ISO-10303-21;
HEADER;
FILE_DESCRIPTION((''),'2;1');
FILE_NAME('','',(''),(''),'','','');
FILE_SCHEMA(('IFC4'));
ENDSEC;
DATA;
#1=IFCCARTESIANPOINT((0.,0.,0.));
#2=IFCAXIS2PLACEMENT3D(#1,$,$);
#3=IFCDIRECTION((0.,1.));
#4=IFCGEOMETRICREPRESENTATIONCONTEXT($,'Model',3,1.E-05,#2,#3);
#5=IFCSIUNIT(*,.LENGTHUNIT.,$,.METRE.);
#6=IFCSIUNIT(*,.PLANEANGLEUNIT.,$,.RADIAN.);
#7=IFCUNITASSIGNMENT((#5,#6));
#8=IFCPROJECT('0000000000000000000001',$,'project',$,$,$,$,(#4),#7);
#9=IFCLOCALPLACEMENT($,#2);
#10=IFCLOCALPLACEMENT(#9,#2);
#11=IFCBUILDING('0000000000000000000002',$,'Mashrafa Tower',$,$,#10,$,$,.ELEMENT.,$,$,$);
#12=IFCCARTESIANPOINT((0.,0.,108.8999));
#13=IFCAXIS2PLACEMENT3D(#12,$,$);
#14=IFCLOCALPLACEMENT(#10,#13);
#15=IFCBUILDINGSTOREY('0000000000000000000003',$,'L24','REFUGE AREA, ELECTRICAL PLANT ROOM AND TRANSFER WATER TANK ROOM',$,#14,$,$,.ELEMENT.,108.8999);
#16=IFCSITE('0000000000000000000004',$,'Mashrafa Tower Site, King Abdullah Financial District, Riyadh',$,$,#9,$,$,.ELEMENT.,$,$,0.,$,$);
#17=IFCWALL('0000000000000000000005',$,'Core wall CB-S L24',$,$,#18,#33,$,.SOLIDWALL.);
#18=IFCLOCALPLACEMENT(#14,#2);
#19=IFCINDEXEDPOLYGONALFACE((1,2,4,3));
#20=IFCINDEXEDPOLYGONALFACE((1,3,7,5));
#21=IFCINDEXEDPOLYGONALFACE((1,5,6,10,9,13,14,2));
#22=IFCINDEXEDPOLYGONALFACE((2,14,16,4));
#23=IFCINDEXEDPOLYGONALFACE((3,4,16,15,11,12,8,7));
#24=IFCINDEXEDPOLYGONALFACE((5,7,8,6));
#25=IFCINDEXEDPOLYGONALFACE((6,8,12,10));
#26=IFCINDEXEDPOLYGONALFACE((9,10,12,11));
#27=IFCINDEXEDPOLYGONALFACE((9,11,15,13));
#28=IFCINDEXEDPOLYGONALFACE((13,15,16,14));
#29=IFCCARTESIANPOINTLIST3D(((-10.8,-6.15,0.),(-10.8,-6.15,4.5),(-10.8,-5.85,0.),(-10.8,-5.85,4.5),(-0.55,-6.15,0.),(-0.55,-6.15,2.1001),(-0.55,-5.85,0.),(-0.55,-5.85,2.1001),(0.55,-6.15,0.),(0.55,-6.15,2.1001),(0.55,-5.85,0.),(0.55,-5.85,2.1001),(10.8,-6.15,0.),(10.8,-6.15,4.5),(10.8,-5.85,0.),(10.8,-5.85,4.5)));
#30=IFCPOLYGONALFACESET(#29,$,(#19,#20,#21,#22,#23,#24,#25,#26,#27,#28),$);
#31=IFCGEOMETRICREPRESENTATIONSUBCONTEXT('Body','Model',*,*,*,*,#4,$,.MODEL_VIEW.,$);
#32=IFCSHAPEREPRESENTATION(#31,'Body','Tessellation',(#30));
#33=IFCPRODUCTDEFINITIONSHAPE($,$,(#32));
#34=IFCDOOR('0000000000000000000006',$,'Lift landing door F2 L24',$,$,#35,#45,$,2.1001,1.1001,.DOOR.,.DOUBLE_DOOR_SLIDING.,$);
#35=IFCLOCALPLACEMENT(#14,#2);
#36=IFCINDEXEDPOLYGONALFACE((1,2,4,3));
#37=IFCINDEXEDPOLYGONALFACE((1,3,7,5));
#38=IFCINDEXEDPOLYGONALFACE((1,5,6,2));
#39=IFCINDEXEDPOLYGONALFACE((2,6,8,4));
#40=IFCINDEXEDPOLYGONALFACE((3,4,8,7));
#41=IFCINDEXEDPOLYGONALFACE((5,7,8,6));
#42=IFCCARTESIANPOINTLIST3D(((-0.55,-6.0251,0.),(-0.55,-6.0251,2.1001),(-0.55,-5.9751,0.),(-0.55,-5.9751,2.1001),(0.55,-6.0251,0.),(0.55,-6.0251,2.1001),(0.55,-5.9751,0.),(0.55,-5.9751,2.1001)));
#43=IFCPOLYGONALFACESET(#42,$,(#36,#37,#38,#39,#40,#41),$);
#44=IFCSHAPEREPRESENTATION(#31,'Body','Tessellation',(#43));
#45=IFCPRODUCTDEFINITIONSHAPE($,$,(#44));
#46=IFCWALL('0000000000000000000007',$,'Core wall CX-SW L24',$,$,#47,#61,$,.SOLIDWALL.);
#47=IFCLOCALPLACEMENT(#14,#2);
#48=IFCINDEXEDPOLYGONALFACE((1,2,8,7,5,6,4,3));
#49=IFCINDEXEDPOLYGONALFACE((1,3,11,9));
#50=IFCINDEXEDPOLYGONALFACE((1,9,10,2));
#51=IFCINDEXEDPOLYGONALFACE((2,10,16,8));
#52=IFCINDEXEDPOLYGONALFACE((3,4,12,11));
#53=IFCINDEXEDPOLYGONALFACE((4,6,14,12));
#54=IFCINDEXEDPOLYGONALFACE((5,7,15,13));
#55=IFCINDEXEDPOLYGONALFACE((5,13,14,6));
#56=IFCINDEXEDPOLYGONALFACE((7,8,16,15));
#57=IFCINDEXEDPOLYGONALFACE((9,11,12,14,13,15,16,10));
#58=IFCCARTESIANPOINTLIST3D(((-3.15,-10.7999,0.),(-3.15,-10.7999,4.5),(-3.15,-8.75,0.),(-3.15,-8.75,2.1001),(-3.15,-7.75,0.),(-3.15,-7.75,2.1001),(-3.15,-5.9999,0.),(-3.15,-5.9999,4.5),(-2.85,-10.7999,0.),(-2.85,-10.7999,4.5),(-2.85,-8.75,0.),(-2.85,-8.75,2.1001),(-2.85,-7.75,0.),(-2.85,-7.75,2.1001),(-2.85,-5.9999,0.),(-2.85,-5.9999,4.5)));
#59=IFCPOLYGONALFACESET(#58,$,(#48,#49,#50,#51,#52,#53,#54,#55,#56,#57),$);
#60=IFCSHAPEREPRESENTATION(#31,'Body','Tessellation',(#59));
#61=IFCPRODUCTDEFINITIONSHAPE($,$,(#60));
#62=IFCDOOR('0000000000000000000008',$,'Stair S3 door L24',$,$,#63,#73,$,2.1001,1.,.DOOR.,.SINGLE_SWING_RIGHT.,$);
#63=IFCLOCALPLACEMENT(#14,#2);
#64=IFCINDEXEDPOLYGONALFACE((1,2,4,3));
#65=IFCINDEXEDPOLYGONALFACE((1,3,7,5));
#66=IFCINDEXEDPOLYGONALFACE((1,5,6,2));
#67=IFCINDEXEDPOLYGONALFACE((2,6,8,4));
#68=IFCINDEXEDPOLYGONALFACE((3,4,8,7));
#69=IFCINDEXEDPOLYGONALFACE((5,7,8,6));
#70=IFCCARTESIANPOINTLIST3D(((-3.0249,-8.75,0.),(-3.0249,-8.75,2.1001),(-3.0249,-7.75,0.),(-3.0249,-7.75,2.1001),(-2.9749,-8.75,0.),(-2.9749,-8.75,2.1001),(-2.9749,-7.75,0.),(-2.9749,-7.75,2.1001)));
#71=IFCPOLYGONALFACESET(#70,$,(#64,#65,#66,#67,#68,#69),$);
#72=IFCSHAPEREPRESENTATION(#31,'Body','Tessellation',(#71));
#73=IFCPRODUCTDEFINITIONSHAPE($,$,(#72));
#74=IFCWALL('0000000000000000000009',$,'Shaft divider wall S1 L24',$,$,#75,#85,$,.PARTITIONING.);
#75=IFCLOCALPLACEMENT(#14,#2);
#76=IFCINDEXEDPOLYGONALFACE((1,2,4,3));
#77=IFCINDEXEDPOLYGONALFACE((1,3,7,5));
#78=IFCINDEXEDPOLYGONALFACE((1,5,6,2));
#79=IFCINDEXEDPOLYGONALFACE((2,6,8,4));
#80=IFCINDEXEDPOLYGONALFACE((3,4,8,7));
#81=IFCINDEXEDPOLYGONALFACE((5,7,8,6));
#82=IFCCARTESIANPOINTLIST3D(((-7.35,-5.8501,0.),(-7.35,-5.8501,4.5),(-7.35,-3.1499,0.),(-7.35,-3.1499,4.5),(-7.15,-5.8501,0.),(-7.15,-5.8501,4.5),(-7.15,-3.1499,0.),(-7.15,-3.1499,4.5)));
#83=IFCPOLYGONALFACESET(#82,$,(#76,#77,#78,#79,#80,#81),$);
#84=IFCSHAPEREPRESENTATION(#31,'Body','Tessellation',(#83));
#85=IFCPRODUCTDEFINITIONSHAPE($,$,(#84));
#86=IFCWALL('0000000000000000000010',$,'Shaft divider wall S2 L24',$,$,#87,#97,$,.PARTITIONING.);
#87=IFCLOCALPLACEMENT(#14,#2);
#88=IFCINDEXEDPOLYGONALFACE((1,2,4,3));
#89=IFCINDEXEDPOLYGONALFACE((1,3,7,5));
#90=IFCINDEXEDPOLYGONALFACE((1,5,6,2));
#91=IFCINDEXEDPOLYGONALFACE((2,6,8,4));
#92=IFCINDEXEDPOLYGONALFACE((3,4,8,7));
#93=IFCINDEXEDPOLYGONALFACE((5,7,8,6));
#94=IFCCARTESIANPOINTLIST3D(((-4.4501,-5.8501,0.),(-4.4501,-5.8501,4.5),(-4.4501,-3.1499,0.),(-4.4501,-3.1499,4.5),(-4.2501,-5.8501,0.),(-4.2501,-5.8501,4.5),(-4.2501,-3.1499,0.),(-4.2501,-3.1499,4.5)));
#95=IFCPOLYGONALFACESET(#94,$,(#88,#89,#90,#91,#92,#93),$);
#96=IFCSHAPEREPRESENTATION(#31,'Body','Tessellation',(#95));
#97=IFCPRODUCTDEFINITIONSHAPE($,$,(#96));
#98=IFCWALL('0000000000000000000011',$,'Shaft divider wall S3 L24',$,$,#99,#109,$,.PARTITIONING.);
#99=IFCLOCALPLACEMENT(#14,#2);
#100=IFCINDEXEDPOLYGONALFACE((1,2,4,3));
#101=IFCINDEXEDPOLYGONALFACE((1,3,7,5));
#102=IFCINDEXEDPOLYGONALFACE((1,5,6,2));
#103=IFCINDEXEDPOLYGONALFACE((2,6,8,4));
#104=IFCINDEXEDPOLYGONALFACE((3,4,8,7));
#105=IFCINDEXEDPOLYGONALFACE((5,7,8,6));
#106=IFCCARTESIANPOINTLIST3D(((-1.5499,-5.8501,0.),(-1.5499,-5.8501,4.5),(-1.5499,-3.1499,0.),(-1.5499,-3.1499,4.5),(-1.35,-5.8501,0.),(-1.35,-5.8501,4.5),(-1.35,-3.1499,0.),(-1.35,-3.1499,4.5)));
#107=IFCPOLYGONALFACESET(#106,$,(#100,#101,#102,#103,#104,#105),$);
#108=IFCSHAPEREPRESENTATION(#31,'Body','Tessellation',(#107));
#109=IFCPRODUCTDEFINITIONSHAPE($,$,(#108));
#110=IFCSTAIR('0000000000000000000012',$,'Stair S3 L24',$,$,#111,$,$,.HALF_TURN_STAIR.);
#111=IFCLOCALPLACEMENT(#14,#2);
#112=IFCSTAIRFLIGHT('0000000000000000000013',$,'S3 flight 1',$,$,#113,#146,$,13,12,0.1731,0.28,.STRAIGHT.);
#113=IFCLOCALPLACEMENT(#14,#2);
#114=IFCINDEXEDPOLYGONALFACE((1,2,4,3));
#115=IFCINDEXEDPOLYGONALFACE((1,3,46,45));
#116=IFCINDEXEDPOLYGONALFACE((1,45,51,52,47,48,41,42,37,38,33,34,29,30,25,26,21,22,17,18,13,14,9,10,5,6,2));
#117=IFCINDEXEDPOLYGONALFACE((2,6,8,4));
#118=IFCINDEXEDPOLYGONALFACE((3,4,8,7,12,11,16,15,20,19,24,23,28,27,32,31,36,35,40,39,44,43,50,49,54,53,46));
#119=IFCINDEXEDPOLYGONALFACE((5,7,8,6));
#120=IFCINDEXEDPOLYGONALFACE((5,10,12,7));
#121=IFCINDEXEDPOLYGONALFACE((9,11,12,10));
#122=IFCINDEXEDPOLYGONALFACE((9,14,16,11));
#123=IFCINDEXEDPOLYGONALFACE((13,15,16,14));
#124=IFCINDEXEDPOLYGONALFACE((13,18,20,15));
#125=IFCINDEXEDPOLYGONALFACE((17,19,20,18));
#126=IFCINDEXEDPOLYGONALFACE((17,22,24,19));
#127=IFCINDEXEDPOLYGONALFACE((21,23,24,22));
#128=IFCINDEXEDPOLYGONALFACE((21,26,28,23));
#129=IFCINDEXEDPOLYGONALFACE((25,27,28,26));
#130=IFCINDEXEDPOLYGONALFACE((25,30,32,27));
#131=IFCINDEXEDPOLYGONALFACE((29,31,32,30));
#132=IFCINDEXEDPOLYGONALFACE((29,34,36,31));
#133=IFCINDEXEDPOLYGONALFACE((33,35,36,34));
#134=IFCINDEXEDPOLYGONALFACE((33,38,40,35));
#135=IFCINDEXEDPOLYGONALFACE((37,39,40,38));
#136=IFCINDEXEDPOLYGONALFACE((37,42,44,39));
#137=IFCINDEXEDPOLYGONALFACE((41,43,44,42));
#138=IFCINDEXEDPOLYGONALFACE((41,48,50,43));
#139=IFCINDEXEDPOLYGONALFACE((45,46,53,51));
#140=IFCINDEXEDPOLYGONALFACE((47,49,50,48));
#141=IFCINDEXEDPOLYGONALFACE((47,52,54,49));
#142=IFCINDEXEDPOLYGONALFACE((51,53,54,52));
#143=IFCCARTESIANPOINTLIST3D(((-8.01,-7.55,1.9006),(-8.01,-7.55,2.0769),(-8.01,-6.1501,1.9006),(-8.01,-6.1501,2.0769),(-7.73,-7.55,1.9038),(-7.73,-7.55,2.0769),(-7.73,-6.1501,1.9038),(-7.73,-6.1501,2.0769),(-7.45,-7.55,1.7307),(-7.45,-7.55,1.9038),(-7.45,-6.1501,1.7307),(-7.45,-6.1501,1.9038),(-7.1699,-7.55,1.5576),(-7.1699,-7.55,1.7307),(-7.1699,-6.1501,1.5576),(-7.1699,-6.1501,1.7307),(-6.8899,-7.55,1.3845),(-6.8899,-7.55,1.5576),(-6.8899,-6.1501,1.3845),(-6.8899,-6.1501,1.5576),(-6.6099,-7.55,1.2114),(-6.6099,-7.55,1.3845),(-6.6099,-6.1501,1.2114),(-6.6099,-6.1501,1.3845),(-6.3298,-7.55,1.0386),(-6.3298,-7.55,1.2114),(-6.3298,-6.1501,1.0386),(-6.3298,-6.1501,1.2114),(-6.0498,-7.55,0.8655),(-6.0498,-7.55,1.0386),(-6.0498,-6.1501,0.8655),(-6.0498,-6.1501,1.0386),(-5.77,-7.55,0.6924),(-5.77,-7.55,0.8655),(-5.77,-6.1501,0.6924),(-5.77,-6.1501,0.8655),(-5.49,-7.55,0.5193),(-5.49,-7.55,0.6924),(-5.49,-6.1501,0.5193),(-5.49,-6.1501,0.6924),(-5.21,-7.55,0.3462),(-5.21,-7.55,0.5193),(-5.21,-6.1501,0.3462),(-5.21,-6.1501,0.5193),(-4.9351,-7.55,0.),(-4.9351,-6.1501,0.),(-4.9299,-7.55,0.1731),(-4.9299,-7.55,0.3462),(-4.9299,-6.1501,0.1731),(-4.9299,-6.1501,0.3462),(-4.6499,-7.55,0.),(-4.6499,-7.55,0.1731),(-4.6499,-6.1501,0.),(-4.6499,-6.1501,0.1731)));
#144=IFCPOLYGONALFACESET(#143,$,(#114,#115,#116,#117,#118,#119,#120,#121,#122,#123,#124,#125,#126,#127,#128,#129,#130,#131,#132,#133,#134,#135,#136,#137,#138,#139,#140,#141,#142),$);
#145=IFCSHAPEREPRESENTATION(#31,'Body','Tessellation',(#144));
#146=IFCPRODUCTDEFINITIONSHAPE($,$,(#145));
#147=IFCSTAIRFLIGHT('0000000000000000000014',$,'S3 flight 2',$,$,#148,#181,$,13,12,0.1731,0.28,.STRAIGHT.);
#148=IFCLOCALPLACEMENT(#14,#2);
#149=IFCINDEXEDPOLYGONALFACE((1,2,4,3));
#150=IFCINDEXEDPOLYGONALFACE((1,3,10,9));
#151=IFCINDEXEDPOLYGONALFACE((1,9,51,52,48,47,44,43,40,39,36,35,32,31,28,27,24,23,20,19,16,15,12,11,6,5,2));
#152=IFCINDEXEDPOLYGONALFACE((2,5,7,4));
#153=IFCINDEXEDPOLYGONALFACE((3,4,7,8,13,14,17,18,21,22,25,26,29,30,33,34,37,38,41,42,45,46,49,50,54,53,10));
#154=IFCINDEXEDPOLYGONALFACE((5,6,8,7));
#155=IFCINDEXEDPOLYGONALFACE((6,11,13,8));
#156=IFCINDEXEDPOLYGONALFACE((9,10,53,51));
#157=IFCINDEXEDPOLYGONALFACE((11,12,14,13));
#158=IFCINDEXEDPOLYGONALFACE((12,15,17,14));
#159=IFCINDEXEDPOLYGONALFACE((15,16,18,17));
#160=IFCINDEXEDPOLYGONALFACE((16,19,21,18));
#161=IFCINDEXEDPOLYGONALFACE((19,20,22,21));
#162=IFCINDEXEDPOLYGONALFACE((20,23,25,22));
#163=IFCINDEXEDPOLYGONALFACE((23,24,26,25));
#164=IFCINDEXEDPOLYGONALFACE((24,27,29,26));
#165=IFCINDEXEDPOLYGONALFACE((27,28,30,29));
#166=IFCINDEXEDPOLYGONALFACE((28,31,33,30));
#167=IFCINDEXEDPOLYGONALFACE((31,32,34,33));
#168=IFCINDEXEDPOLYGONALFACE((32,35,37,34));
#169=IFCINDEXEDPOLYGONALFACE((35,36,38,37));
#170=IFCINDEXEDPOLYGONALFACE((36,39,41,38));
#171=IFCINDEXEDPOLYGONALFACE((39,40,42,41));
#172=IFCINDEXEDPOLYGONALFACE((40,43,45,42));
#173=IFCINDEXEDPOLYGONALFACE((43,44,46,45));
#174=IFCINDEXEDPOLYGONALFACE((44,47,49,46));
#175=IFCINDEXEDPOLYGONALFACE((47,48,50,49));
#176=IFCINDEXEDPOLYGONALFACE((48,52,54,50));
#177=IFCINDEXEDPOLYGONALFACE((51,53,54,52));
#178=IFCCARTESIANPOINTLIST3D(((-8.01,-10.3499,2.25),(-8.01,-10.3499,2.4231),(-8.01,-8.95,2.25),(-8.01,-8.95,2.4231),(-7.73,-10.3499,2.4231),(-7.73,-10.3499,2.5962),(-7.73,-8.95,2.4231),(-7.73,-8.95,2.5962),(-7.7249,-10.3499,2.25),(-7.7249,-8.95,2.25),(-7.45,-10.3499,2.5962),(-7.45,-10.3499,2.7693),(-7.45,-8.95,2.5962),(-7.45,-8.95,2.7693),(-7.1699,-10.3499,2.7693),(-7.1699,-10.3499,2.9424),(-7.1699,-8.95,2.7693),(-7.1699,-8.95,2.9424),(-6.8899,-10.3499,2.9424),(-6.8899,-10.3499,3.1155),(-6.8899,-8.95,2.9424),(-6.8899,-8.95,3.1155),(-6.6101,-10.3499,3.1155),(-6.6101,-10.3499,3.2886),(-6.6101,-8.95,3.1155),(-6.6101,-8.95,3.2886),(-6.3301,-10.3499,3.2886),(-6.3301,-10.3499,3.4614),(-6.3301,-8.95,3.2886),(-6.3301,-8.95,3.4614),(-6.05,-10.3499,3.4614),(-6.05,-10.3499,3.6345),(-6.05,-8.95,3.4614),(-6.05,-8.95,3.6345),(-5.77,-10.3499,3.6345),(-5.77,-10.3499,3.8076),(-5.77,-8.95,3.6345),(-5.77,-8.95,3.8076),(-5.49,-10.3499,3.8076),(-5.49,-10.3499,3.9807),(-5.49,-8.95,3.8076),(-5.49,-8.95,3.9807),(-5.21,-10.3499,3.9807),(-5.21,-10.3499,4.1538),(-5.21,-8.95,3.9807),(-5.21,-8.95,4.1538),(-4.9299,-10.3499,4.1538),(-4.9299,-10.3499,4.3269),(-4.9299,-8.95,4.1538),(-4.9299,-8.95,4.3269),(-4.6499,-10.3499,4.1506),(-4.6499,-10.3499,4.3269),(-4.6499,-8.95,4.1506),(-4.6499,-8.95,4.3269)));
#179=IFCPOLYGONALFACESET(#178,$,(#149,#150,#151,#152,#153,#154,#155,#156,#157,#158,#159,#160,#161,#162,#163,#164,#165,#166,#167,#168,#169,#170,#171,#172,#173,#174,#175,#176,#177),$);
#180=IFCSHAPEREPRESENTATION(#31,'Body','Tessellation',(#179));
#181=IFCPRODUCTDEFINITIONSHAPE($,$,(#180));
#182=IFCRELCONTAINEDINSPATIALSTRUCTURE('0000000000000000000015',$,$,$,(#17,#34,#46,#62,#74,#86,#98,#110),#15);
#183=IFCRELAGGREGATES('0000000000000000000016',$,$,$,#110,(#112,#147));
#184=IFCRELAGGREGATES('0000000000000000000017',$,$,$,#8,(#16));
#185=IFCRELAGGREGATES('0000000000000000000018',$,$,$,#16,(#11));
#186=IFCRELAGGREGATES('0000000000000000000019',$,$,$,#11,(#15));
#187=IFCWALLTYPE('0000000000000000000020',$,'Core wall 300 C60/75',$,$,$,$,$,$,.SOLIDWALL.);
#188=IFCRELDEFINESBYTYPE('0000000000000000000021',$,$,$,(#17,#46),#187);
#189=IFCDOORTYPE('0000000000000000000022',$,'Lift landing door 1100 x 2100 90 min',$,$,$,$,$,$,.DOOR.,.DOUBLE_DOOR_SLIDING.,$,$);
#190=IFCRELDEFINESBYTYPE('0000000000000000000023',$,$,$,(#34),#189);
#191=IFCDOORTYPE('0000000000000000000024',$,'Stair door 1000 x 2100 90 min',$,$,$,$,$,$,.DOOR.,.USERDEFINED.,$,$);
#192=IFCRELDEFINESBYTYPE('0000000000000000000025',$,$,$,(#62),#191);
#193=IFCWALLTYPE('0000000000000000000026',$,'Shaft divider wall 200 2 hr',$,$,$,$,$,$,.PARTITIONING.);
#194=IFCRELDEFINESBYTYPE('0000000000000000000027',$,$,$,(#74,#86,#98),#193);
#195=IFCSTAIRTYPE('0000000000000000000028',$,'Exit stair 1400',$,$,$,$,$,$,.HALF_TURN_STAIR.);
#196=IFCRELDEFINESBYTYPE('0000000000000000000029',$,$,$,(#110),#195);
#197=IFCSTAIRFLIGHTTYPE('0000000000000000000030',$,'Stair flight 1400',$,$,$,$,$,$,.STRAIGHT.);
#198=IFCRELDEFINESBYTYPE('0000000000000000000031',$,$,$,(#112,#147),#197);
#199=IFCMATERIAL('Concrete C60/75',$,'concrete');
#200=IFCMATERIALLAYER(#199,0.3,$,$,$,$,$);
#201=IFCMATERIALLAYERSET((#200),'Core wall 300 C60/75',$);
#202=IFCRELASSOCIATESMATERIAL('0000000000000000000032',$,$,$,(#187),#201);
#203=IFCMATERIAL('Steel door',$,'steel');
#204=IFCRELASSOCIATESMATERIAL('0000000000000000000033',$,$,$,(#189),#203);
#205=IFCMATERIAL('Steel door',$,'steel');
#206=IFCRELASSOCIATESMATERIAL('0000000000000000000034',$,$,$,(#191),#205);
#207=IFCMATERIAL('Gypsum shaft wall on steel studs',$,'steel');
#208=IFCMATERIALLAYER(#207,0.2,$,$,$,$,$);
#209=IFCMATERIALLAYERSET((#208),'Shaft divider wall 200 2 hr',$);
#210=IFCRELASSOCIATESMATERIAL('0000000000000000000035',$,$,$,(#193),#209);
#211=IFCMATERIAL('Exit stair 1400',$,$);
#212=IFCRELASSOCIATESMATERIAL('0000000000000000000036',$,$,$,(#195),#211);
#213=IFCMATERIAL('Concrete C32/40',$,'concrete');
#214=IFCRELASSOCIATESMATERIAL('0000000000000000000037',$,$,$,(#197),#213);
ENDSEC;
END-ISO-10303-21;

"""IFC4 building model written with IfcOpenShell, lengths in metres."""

from ifc_helpers import new_model, si_unit, direction, frame, frame_2d, origin, place, context, subcontext, project, spatial, polyline, rectangle, outline, extrude, material, layer, layer_set, type_object, element, fill, aggregate, save


model = new_model("IFC4")

# Units and contexts
model_context = context("Model", 3, precision=1e-05, world=origin(), true_north=direction((0.0, 1.0)))
body_context = subcontext(model_context, "Body", "Model", "MODEL_VIEW")
ifc_project = project(units=[si_unit("LENGTHUNIT", "METRE"), si_unit("PLANEANGLEUNIT", "RADIAN")], contexts=[model_context])

# Site, building, storey
site_placement = place(None, origin())
site = spatial("IfcSite", under=ifc_project, at=site_placement, Name="Mashrafa Tower Site, King Abdullah Financial District, Riyadh", CompositionType="ELEMENT", RefElevation=0.0)
building_placement = place(site_placement, origin())
building = spatial("IfcBuilding", under=site, at=building_placement, Name="Mashrafa Tower", CompositionType="ELEMENT")
storey_placement = place(building_placement, frame((0.0, 0.0, 108.8999)))
storey = spatial("IfcBuildingStorey", under=building, at=storey_placement, Name="L24", Description="REFUGE AREA, ELECTRICAL PLANT ROOM AND TRANSFER WATER TANK ROOM", CompositionType="ELEMENT", Elevation=108.8999)

# Shared definitions
ifc_material_1 = material(Name="Concrete C60/75", Category="concrete")
ifc_layer_1 = layer(ifc_material_1, 0.3)
ifc_layer_set_1 = layer_set([ifc_layer_1], Name="Core wall 300 C60/75")
wall_type_1 = type_object("IfcWallType", Name="Core wall 300 C60/75", PredefinedType="SOLIDWALL", material=ifc_layer_set_1)

# Walls, openings, doors
wall_1_placement = place(storey_placement, frame((-10.8, -6.0, 0.0), z_axis=(0.0, 0.0, 1.0), x_axis=(1.0, 0.0, 0.0)))
wall_1 = element("IfcWall", 1, at=wall_1_placement, inside=storey, type_object=wall_type_1, Name="Core wall CB-S L24", PredefinedType="SOLIDWALL", context=body_context, shape_type="SweptSolid", body=[
    extrude(rectangle(XDim=21.6001, YDim=0.3, at=frame_2d((10.8, 0.0))), origin(), (0.0, 0.0, 1.0), 4.5),
])
opening_1_placement = place(wall_1_placement, frame((10.25, 0.0, 0.0)))
opening_1 = element("IfcOpeningElement", 2, at=opening_1_placement, cuts=wall_1, PredefinedType="OPENING", context=body_context, shape_type="SweptSolid", body=[
    extrude(rectangle(XDim=1.1001, YDim=2.1001, at=frame_2d((0.55, 1.05))), frame((0.0, 0.1599, 0.0), z_axis=(0.0, -1.0, 0.0), x_axis=(1.0, 0.0, 0.0)), (0.0, 0.0, 1.0), 0.3201),
])
ifc_material_2 = material(Name="Steel door", Category="steel")
door_type_1 = type_object("IfcDoorType", Name="Lift landing door 1100 x 2100 90 min", OperationType="DOUBLE_DOOR_SLIDING", PredefinedType="DOOR", material=ifc_material_2)
door_1_placement = place(opening_1_placement, origin())
door_1 = element("IfcDoor", 3, at=door_1_placement, inside=storey, type_object=door_type_1, Name="Lift landing door F2 L24", OperationType="DOUBLE_DOOR_SLIDING", OverallHeight=2.1001, OverallWidth=1.1001, PredefinedType="DOOR", context=body_context, shape_type="SweptSolid", body=[
    extrude(rectangle(XDim=1.1001, YDim=2.1001, at=frame_2d((0.55, 1.05))), frame((0.0, 0.0249, 0.0), z_axis=(0.0, -1.0, 0.0), x_axis=(1.0, 0.0, 0.0)), (0.0, 0.0, 1.0), 0.05),
])
fill(opening_1, door_1)
wall_2_placement = place(storey_placement, frame((-3.0, -6.0, 0.0), z_axis=(0.0, 0.0, 1.0), x_axis=(0.0, -1.0, 0.0)))
wall_2 = element("IfcWall", 4, at=wall_2_placement, inside=storey, type_object=wall_type_1, Name="Core wall CX-SW L24", PredefinedType="SOLIDWALL", context=body_context, shape_type="SweptSolid", body=[
    extrude(rectangle(XDim=4.8, YDim=0.3, at=frame_2d((2.3999, 0.0))), origin(), (0.0, 0.0, 1.0), 4.5),
])
opening_2_placement = place(wall_2_placement, frame((1.75, 0.0, 0.0)))
opening_2 = element("IfcOpeningElement", 5, at=opening_2_placement, cuts=wall_2, PredefinedType="OPENING", context=body_context, shape_type="SweptSolid", body=[
    extrude(rectangle(XDim=1.0, YDim=2.1001, at=frame_2d((0.5, 1.05))), frame((0.0, 0.1599, 0.0), z_axis=(0.0, -1.0, 0.0), x_axis=(1.0, 0.0, 0.0)), (0.0, 0.0, 1.0), 0.3201),
])
ifc_material_3 = material(Name="Steel door", Category="steel")
door_type_2 = type_object("IfcDoorType", Name="Stair door 1000 x 2100 90 min", OperationType="USERDEFINED", PredefinedType="DOOR", material=ifc_material_3)
door_2_placement = place(opening_2_placement, frame((1.0, 0.0, 0.0), z_axis=(0.0, 0.0, 1.0), x_axis=(-1.0, 0.0, 0.0)))
door_2 = element("IfcDoor", 6, at=door_2_placement, inside=storey, type_object=door_type_2, Name="Stair S3 door L24", OperationType="SINGLE_SWING_RIGHT", OverallHeight=2.1001, OverallWidth=1.0, PredefinedType="DOOR", context=body_context, shape_type="SweptSolid", body=[
    extrude(rectangle(XDim=1.0, YDim=2.1001, at=frame_2d((0.5, 1.05))), frame((0.0, 0.0249, 0.0), z_axis=(0.0, -1.0, 0.0), x_axis=(1.0, 0.0, 0.0)), (0.0, 0.0, 1.0), 0.05),
])
fill(opening_2, door_2)

# Walls
ifc_material_4 = material(Name="Gypsum shaft wall on steel studs", Category="steel")
ifc_layer_2 = layer(ifc_material_4, 0.2)
ifc_layer_set_2 = layer_set([ifc_layer_2], Name="Shaft divider wall 200 2 hr")
wall_type_2 = type_object("IfcWallType", Name="Shaft divider wall 200 2 hr", PredefinedType="PARTITIONING", material=ifc_layer_set_2)
for number, where, z_axis, x_axis, name in (
    (7, (-7.25, -5.8501, 0.0), (0.0, 0.0, 1.0), (0.0, 1.0, 0.0), "Shaft divider wall S1 L24"),
    (8, (-4.3501, -5.8501, 0.0), (0.0, 0.0, 1.0), (0.0, 1.0, 0.0), "Shaft divider wall S2 L24"),
    (9, (-1.45, -5.8501, 0.0), (0.0, 0.0, 1.0), (0.0, 1.0, 0.0), "Shaft divider wall S3 L24"),
):
    element("IfcWall", number, at=place(storey_placement, frame(where, z_axis=z_axis, x_axis=x_axis)), inside=storey, type_object=wall_type_2, Name=name, PredefinedType="PARTITIONING", context=body_context, shape_type="SweptSolid", body=[
        extrude(rectangle(XDim=2.7002, YDim=0.2, at=frame_2d((1.3501, 0.0))), origin(), (0.0, 0.0, 1.0), 4.5),
    ])

# Stair, stair flights
ifc_material_5 = material(Name="Exit stair 1400")
stair_type = type_object("IfcStairType", Name="Exit stair 1400", PredefinedType="HALF_TURN_STAIR", material=ifc_material_5)
stair_placement = place(storey_placement, origin())
stair = element("IfcStair", 10, at=stair_placement, inside=storey, type_object=stair_type, Name="Stair S3 L24", PredefinedType="HALF_TURN_STAIR")
ifc_material_6 = material(Name="Concrete C32/40", Category="concrete")
stair_flight_type = type_object("IfcStairFlightType", Name="Stair flight 1400", PredefinedType="STRAIGHT", material=ifc_material_6)
stair_flight_1_placement = place(storey_placement, frame((-4.6499, -6.8501, 0.0), z_axis=(0.0, 0.0, 1.0), x_axis=(-1.0, 0.0, 0.0)))
stair_flight_1 = element("IfcStairFlight", 11, at=stair_flight_1_placement, type_object=stair_flight_type, Name="S3 flight 1", NumberOfRisers=13, NumberOfTreads=12, PredefinedType="STRAIGHT", RiserHeight=0.1731, TreadLength=0.28, context=body_context, shape_type="SweptSolid", body=[
    extrude(outline(polyline([(0.0, 0.0), (0.0, 0.1731), (0.28, 0.1731), (0.28, 0.3462), (0.5601, 0.3462), (0.5601, 0.5193), (0.8401, 0.5193), (0.8401, 0.6924), (1.1201, 0.6924), (1.1201, 0.8655), (1.3999, 0.8655), (1.3999, 1.0386), (1.6799, 1.0386), (1.6799, 1.2114), (1.96, 1.2114), (1.96, 1.3845), (2.24, 1.3845), (2.24, 1.5576), (2.52, 1.5576), (2.52, 1.7307), (2.8, 1.7307), (2.8, 1.9038), (3.0801, 1.9038), (3.0801, 2.0769), (3.3601, 2.0769), (3.3601, 2.25), (3.3601, 1.9006), (0.2852, 0.0), (0.0, 0.0)])), frame((0.0, 0.7, 0.0), z_axis=(0.0, -1.0, 0.0), x_axis=(1.0, 0.0, 0.0)), (0.0, 0.0, 1.0), 1.3999),
])
stair_flight_2_placement = place(storey_placement, frame((-8.01, -9.6499, 2.25), z_axis=(0.0, 0.0, 1.0), x_axis=(1.0, 0.0, 0.0)))
stair_flight_2 = element("IfcStairFlight", 12, at=stair_flight_2_placement, type_object=stair_flight_type, Name="S3 flight 2", NumberOfRisers=13, NumberOfTreads=12, PredefinedType="STRAIGHT", RiserHeight=0.1731, TreadLength=0.28, context=body_context, shape_type="SweptSolid", body=[
    extrude(outline(polyline([(0.0, 0.0), (0.0, 0.1731), (0.28, 0.1731), (0.28, 0.3462), (0.5601, 0.3462), (0.5601, 0.5193), (0.8401, 0.5193), (0.8401, 0.6924), (1.1201, 0.6924), (1.1201, 0.8655), (1.3999, 0.8655), (1.3999, 1.0386), (1.6799, 1.0386), (1.6799, 1.2114), (1.96, 1.2114), (1.96, 1.3845), (2.24, 1.3845), (2.24, 1.5576), (2.52, 1.5576), (2.52, 1.7307), (2.8, 1.7307), (2.8, 1.9038), (3.0801, 1.9038), (3.0801, 2.0769), (3.3601, 2.0769), (3.3601, 2.25), (3.3601, 1.9006), (0.2852, 0.0), (0.0, 0.0)])), frame((0.0, 0.7, 0.0), z_axis=(0.0, -1.0, 0.0), x_axis=(1.0, 0.0, 0.0)), (0.0, 0.0, 1.0), 1.3999),
])
aggregate(stair, [stair_flight_1, stair_flight_2])

save(model, "model.ifc")
